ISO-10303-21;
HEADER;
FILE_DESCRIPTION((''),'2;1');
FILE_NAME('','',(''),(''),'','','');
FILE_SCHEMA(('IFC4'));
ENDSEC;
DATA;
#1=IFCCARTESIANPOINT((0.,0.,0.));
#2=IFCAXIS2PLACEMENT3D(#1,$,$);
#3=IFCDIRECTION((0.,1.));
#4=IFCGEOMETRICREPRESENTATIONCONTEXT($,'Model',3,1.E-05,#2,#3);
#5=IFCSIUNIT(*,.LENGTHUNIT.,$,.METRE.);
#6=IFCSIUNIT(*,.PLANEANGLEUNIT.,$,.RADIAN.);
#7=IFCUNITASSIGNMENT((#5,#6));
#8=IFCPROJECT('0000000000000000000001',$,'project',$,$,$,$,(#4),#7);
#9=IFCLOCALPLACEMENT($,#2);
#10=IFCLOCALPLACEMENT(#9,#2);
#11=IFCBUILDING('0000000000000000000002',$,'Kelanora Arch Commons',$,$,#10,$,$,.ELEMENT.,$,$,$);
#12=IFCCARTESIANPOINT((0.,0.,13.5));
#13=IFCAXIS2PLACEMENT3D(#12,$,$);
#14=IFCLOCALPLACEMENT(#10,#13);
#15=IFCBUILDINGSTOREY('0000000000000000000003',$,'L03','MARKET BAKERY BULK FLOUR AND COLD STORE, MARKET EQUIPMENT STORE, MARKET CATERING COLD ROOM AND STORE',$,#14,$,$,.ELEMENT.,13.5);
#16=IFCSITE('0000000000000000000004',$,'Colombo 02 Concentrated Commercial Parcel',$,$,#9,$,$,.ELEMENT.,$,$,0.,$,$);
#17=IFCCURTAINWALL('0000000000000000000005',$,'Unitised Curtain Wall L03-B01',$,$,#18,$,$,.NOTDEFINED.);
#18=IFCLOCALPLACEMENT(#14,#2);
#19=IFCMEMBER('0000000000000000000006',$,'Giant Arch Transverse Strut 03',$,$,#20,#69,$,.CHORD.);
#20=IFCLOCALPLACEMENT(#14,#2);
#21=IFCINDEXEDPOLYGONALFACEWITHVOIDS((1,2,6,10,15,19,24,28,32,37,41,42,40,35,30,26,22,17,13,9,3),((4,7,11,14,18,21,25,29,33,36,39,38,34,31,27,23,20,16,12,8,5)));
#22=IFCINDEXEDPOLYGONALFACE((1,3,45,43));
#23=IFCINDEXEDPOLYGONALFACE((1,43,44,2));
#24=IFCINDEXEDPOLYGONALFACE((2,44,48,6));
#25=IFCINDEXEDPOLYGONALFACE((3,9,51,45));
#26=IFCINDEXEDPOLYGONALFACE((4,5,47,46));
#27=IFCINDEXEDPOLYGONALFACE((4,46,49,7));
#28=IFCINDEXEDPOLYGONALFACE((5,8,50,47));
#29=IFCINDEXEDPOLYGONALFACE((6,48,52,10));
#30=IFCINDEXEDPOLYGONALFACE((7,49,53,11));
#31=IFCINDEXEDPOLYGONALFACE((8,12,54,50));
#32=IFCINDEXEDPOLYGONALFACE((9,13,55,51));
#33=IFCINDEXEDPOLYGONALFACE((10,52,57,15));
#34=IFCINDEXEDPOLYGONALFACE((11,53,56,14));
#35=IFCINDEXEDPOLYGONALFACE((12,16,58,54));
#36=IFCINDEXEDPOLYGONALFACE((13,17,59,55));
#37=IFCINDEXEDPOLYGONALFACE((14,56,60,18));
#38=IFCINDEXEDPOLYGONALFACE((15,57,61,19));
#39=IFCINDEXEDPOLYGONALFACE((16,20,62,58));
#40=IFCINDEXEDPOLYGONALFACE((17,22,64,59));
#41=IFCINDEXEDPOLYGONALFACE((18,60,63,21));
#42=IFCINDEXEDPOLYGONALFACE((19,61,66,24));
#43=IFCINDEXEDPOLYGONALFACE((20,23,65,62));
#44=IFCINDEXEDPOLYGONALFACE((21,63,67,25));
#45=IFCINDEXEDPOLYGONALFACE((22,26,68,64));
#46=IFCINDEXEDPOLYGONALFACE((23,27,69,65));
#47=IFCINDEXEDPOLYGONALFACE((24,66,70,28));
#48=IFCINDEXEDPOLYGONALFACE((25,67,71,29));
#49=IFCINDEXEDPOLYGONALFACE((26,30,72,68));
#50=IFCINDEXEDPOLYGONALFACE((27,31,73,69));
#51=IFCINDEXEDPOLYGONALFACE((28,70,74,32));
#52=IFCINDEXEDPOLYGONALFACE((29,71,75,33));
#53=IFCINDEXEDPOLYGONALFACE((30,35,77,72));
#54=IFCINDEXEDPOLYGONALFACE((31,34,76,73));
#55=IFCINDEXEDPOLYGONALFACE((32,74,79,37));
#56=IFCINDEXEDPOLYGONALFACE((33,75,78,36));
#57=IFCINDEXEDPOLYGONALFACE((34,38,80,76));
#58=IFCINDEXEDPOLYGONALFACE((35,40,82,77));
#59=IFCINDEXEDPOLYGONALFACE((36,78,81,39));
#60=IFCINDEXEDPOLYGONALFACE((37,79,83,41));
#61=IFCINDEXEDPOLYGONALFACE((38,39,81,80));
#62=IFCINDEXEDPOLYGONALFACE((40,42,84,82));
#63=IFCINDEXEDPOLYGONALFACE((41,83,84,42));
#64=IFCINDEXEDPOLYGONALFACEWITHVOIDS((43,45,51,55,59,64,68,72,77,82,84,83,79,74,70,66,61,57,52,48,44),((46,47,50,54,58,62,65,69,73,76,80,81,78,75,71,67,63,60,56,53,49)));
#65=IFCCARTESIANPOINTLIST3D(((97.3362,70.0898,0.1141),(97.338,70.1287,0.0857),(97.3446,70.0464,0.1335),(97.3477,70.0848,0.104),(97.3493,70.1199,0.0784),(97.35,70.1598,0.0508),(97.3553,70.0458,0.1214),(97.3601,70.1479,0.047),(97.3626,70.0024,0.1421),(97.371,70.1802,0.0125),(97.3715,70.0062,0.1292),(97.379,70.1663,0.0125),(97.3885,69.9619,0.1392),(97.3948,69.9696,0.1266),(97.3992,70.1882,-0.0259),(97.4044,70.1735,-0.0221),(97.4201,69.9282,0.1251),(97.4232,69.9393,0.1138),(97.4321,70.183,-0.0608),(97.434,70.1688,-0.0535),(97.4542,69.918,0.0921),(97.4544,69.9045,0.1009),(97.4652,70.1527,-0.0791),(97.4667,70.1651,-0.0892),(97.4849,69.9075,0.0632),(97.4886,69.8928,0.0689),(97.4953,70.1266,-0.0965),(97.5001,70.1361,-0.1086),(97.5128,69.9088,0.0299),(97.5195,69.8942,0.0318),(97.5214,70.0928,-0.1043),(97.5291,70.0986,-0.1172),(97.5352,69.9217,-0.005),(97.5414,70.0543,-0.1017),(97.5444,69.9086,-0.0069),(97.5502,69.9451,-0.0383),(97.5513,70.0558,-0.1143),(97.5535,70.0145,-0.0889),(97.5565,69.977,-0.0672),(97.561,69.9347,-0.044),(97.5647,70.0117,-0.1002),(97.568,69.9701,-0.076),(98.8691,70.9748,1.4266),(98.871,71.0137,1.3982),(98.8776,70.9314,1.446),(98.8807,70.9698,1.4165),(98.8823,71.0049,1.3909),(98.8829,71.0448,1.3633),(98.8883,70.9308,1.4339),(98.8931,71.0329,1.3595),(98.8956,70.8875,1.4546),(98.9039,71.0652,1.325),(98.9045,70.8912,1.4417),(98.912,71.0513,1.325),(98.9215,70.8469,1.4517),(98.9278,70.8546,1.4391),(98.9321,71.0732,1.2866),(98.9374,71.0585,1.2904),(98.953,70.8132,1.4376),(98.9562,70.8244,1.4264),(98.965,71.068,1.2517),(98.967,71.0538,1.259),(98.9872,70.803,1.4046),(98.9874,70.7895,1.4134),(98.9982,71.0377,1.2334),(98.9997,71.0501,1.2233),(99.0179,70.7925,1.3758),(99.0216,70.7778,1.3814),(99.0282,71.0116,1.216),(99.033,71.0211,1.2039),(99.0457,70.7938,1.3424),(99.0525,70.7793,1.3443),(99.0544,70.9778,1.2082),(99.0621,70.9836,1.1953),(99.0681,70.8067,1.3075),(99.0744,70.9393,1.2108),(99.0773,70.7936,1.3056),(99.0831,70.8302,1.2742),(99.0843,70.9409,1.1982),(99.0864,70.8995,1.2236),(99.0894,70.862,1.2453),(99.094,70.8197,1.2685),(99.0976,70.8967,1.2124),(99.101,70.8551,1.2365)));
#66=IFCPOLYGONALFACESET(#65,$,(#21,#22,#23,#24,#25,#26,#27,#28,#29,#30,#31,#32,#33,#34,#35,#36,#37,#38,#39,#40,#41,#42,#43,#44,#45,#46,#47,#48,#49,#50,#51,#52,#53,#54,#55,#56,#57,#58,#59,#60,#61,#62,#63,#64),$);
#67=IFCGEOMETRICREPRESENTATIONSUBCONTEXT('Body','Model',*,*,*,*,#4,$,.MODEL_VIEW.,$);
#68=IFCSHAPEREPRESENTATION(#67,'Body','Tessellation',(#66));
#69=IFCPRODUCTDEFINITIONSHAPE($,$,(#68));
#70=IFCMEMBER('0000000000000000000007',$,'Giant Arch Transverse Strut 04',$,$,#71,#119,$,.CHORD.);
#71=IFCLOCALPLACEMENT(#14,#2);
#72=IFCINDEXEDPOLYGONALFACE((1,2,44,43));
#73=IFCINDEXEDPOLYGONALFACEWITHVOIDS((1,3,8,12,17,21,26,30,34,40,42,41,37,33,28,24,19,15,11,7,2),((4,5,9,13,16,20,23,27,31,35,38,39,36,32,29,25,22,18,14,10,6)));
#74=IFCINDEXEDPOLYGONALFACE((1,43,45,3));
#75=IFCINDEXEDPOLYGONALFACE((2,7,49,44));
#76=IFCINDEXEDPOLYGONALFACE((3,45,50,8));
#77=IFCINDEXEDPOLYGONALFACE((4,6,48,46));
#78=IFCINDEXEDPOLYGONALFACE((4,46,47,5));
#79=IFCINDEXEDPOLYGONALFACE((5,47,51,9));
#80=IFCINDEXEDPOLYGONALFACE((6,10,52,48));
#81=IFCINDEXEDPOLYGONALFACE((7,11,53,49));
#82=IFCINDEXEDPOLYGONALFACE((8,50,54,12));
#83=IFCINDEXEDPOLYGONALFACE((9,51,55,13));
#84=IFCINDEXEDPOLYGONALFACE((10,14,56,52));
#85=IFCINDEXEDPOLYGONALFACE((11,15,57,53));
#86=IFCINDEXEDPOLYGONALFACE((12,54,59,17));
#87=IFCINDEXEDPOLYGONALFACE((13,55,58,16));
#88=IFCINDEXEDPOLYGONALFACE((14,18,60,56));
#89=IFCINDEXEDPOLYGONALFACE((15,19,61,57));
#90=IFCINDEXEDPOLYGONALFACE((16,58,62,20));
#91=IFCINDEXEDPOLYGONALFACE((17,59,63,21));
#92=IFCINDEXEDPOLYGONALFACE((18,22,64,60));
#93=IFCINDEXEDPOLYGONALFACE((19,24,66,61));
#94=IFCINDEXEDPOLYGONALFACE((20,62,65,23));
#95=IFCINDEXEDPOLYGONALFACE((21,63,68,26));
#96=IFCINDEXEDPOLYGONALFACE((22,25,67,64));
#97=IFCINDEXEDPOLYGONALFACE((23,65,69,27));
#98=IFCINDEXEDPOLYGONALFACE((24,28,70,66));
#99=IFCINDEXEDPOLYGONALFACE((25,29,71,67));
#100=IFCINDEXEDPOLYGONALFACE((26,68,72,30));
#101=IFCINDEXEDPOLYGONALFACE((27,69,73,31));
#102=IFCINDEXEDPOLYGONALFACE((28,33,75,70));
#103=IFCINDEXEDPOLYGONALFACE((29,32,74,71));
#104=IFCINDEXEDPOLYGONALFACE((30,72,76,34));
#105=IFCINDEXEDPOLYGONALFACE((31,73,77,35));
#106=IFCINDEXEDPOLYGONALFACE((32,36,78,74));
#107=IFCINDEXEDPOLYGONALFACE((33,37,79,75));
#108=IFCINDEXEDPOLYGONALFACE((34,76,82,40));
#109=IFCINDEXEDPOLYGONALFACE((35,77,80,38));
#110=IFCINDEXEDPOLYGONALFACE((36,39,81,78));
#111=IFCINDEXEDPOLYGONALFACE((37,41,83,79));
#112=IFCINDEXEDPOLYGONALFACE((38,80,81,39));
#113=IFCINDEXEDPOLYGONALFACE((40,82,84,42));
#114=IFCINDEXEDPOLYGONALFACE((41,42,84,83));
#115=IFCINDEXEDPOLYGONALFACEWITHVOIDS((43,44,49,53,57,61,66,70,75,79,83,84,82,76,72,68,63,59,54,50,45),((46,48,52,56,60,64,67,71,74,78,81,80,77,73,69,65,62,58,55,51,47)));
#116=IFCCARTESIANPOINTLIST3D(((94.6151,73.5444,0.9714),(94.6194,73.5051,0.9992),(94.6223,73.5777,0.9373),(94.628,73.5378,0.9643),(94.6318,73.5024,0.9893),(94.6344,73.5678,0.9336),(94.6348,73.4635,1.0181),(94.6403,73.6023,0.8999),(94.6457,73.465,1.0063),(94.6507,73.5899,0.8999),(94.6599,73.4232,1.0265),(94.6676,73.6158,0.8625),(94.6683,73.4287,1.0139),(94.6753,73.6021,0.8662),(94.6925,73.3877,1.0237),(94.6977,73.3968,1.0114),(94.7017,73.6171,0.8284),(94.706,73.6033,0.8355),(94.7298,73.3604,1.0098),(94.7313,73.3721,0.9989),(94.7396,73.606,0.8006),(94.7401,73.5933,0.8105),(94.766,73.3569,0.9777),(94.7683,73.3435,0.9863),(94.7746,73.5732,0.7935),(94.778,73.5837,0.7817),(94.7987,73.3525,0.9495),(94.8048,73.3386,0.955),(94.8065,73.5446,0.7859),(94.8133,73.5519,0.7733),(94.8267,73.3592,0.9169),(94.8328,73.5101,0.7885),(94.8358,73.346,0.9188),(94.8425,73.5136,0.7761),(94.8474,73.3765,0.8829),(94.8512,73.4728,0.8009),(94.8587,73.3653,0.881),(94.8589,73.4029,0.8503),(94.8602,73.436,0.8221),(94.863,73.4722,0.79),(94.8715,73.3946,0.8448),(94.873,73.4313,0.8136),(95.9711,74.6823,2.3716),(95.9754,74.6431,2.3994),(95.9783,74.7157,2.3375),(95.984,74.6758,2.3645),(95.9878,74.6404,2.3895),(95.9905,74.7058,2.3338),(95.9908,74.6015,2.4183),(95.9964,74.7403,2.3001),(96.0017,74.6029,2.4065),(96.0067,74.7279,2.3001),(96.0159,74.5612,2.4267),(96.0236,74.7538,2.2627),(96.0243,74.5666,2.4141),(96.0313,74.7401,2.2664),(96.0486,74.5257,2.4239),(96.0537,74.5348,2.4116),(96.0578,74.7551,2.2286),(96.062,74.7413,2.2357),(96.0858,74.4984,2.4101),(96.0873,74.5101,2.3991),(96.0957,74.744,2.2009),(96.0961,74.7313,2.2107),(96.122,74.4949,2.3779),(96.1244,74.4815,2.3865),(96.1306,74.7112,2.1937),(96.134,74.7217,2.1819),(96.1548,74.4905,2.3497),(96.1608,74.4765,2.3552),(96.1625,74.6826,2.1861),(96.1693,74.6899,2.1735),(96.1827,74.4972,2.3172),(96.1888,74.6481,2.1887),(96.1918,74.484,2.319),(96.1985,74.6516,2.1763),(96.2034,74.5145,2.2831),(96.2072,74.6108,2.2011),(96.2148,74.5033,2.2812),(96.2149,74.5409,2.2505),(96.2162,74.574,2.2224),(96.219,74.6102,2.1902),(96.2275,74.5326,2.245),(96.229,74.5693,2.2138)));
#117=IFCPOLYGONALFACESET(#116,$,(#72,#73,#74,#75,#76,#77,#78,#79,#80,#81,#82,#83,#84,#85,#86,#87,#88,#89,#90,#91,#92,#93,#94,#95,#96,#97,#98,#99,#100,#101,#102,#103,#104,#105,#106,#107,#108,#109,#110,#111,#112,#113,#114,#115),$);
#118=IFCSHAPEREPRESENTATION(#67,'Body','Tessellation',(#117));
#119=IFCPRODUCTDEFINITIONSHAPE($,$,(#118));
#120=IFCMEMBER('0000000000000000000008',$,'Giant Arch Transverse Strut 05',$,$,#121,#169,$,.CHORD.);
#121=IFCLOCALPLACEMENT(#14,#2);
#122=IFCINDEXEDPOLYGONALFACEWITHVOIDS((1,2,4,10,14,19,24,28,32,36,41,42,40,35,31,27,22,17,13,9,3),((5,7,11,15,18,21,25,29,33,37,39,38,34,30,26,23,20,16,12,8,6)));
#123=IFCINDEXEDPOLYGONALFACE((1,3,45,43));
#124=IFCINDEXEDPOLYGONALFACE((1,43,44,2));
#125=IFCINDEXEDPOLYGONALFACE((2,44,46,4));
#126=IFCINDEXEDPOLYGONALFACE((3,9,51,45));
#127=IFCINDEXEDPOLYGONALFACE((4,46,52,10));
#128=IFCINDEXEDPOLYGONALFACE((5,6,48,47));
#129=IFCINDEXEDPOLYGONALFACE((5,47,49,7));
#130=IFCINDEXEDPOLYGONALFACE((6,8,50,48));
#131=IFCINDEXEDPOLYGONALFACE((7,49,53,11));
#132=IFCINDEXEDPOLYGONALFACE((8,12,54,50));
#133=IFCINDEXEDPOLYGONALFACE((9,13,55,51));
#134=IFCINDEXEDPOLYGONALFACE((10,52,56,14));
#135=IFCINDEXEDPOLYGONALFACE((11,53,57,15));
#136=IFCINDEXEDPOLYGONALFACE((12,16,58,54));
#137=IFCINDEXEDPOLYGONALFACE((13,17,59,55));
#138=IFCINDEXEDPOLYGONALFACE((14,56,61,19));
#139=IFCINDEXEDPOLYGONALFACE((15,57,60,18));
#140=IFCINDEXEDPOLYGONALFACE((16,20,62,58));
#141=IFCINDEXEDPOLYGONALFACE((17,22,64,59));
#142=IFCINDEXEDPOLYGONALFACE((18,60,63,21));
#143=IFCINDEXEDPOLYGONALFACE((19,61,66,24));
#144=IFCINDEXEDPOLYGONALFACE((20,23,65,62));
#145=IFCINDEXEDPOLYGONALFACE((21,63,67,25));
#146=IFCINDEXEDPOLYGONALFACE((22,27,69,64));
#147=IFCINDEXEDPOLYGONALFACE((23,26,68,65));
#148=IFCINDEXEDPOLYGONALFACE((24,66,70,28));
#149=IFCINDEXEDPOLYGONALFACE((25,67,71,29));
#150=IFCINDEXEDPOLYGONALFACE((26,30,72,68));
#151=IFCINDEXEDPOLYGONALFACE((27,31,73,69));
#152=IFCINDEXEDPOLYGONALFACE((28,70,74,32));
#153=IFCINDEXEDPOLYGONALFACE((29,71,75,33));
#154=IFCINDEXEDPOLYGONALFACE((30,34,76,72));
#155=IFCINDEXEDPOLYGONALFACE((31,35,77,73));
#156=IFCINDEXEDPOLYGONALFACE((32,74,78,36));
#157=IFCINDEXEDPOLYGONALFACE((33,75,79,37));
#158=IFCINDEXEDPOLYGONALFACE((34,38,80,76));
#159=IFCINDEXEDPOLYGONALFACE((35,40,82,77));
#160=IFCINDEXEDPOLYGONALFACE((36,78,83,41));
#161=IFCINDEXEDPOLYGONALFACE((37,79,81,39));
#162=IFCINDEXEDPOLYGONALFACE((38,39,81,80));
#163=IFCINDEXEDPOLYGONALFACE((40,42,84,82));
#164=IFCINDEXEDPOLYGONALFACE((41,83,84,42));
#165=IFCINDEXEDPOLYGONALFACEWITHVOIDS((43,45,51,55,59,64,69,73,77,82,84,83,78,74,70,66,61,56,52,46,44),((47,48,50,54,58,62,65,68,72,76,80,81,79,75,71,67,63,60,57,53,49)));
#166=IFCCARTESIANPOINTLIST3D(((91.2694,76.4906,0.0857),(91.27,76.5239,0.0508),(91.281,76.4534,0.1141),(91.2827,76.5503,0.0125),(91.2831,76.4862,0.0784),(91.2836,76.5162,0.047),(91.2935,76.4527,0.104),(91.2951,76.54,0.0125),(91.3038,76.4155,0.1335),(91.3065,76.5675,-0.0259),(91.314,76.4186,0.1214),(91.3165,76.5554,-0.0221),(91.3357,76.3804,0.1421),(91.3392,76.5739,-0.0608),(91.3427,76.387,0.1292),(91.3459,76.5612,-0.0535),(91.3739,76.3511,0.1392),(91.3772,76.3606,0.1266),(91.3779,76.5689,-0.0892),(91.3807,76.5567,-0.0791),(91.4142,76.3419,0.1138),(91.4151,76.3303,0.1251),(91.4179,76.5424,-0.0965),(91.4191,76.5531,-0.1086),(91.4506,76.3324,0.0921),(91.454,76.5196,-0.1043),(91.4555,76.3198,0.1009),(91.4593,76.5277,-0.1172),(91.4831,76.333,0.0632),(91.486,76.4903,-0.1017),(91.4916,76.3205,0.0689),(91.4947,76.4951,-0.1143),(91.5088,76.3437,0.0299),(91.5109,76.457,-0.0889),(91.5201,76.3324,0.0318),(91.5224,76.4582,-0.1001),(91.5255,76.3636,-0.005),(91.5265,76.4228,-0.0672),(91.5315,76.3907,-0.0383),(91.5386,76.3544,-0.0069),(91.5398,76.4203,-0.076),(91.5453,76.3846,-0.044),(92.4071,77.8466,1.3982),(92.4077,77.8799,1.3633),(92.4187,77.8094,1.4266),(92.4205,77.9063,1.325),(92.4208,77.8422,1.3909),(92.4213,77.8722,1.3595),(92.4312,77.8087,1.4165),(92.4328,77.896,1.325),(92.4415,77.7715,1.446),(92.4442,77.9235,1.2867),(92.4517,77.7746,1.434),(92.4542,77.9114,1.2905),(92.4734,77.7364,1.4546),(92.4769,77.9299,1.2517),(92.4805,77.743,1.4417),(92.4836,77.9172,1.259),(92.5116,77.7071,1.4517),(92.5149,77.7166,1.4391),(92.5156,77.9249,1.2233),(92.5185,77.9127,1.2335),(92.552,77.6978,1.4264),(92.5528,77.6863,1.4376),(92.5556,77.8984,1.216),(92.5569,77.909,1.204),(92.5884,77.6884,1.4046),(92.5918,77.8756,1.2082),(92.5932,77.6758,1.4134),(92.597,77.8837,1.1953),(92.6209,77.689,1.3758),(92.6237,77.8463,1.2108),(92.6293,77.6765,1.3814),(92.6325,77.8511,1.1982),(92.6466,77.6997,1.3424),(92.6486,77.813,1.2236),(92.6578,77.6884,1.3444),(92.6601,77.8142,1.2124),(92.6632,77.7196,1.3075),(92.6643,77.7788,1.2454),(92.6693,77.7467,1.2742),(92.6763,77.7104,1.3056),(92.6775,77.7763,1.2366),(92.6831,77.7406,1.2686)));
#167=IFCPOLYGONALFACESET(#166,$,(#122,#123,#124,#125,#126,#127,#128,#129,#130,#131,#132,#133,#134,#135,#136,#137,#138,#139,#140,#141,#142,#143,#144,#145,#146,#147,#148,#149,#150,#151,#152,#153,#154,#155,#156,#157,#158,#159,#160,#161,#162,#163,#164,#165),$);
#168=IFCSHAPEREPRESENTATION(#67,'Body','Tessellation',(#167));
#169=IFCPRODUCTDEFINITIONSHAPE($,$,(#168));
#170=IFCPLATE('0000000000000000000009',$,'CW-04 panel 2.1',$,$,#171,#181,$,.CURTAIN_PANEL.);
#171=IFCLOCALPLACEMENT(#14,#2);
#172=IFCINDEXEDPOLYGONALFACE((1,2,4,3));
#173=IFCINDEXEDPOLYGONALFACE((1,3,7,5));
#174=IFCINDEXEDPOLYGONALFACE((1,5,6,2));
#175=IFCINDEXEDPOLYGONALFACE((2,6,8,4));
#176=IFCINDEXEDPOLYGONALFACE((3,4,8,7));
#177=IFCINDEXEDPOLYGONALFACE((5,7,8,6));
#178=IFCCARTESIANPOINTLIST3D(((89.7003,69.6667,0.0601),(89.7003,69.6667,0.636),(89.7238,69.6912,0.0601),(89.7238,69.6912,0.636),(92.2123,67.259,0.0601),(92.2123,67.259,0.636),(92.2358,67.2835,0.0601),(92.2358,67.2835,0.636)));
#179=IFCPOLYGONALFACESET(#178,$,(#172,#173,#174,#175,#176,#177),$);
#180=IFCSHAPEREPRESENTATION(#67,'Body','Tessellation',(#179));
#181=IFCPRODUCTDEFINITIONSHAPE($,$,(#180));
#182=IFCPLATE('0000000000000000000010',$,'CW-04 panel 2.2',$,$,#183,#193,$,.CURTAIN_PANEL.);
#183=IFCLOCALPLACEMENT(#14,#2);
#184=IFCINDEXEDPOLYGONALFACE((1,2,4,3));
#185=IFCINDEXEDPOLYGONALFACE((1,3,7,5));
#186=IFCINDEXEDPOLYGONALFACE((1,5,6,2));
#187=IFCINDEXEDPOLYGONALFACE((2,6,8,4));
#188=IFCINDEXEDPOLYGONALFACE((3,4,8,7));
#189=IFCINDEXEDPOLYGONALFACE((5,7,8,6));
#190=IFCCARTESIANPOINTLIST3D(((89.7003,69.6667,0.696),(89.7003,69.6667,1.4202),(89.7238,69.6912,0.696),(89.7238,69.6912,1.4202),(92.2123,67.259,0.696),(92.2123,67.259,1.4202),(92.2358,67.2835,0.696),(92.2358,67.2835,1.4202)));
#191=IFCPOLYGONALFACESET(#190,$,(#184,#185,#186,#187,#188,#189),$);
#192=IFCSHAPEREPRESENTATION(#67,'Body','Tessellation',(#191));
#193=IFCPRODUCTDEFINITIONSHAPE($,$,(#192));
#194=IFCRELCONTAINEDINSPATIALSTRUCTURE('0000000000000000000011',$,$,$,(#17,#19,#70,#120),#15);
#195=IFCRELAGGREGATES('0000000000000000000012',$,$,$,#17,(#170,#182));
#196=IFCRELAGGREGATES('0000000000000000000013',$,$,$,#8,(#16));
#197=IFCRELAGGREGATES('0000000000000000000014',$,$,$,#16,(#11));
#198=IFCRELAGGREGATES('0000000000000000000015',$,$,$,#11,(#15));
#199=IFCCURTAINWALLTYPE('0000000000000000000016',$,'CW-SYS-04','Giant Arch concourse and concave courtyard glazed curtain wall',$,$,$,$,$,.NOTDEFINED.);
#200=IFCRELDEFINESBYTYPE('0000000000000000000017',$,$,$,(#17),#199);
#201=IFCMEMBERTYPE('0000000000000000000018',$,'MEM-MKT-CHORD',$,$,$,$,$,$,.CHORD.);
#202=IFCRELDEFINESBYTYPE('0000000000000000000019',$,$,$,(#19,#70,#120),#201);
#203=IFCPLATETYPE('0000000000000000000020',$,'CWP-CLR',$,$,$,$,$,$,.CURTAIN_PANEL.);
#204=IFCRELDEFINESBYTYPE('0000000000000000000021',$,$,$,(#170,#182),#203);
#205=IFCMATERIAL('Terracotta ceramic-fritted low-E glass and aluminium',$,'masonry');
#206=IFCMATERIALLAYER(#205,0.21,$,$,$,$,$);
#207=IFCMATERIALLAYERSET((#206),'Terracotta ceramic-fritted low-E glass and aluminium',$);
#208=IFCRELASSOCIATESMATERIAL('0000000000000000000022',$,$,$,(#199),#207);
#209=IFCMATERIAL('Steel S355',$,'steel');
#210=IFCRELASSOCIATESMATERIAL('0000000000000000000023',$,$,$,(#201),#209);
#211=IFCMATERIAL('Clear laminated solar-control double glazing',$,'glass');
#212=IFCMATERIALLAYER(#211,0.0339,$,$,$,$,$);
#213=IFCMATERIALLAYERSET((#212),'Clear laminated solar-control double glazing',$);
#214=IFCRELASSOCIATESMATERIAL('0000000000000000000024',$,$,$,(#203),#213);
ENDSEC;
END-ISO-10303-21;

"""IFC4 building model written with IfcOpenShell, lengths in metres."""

from ifc_helpers import new_model, si_unit, direction, frame, origin, origin_2d, place, context, subcontext, project, spatial, rectangle, hollow_circle, extrude, source, transform, mapped, material, layer, layer_set, material_profile, profile_set, type_object, element, aggregate, save


model = new_model("IFC4")

# Units and contexts
model_context = context("Model", 3, precision=1e-05, world=origin(), true_north=direction((0.0, 1.0)))
body_context = subcontext(model_context, "Body", "Model", "MODEL_VIEW")
ifc_project = project(units=[si_unit("LENGTHUNIT", "METRE"), si_unit("PLANEANGLEUNIT", "RADIAN")], contexts=[model_context])

# Site, building, storey
site_placement = place(None, origin())
site = spatial("IfcSite", under=ifc_project, at=site_placement, Name="Colombo 02 Concentrated Commercial Parcel", CompositionType="ELEMENT", RefElevation=0.0)
building_placement = place(site_placement, origin())
building = spatial("IfcBuilding", under=site, at=building_placement, Name="Kelanora Arch Commons", CompositionType="ELEMENT")
storey_placement = place(building_placement, frame((0.0, 0.0, 13.5)))
storey = spatial("IfcBuildingStorey", under=building, at=storey_placement, Name="L03", Description="MARKET BAKERY BULK FLOUR AND COLD STORE, MARKET EQUIPMENT STORE, MARKET CATERING COLD ROOM AND STORE", CompositionType="ELEMENT", Elevation=13.5)

# Shared definitions
ifc_material_1 = material(Name="Steel S355", Category="steel")

# Curtain wall
ifc_material_2 = material(Name="Terracotta ceramic-fritted low-E glass and aluminium", Category="masonry")
ifc_layer_1 = layer(ifc_material_2, 0.21)
ifc_layer_set_1 = layer_set([ifc_layer_1], Name="Terracotta ceramic-fritted low-E glass and aluminium")
curtain_wall_type = type_object("IfcCurtainWallType", Name="CW-SYS-04", Description="Giant Arch concourse and concave courtyard glazed curtain wall", PredefinedType="NOTDEFINED", material=ifc_layer_set_1)
curtain_wall_1_placement = place(storey_placement, origin())
curtain_wall_1 = element("IfcCurtainWall", 1, at=curtain_wall_1_placement, inside=storey, type_object=curtain_wall_type, Name="Unitised Curtain Wall L03-B01", PredefinedType="NOTDEFINED")

# Members
ifc_material_profile_1 = material_profile(ifc_material_1, hollow_circle(Radius=0.1619, WallThickness=0.0161, at=origin_2d()), Name="CHS323.9x16")
ifc_profile_set_1 = profile_set([ifc_material_profile_1], Name="Steel S355")
member_type_1 = type_object("IfcMemberType", Name="MEM-MKT-CHORD", PredefinedType="CHORD", material=ifc_profile_set_1)
member_1_placement = place(storey_placement, frame((97.4519, 70.04, 0.0125), z_axis=(0.695661, 0.40162, 0.595616), x_axis=(-0.499981, 0.866036, 0.0)))
element("IfcMember", 2, at=member_1_placement, inside=storey, type_object=member_type_1, Name="Giant Arch Transverse Strut 03", PredefinedType="CHORD", context=body_context, shape_type="SweptSolid", body=[
    extrude(hollow_circle(Radius=0.1619, WallThickness=0.0161, at=origin_2d()), origin(), (0.0, 0.0, 1.0), 2.2036),
])
member_2_placement = place(storey_placement, frame((94.7444, 73.4783, 0.8999), z_axis=(0.600785, 0.504188, 0.620364), x_axis=(-0.642839, 0.766001, 0.0)))
element("IfcMember", 3, at=member_2_placement, inside=storey, type_object=member_type_1, Name="Giant Arch Transverse Strut 04", PredefinedType="CHORD", context=body_context, shape_type="SweptSolid", body=[
    extrude(hollow_circle(Radius=0.1619, WallThickness=0.0161, at=origin_2d()), origin(), (0.0, 0.0, 1.0), 2.2571),
])
member_3_placement = place(storey_placement, frame((91.4067, 76.4463, 0.0125), z_axis=(0.516301, 0.615352, 0.59563), x_axis=(-0.766069, 0.642759, 0.0)))
element("IfcMember", 4, at=member_3_placement, inside=storey, type_object=member_type_1, Name="Giant Arch Transverse Strut 05", PredefinedType="CHORD", context=body_context, shape_type="SweptSolid", body=[
    extrude(hollow_circle(Radius=0.1619, WallThickness=0.0161, at=origin_2d()), origin(), (0.0, 0.0, 1.0), 2.2036),
])

# Plates
ifc_material_3 = material(Name="Clear laminated solar-control double glazing", Category="glass")
ifc_layer_2 = layer(ifc_material_3, 0.0339)
ifc_layer_set_2 = layer_set([ifc_layer_2], Name="Clear laminated solar-control double glazing")
plate_type = type_object("IfcPlateType", Name="CWP-CLR", PredefinedType="CURTAIN_PANEL", material=ifc_layer_set_2)
shared_shape_1 = source(origin(), body_context, "Body", "SweptSolid", [
    extrude(rectangle(XDim=3.4795, YDim=0.0339, at=origin_2d()), origin(), (0.0, 0.0, 1.0), 0.5759),
])
plate_1_placement = place(storey_placement, frame((90.968, 68.4751, 0.0601), z_axis=(0.0, 0.0, 1.0), x_axis=(-0.721943, 0.691953, 0.0)))
plate_1 = element("IfcPlate", 5, at=plate_1_placement, type_object=plate_type, Name="CW-04 panel 2.1", PredefinedType="CURTAIN_PANEL", context=body_context, shape_type="MappedRepresentation", body=[
    mapped(shared_shape_1, transform((0.0, 0.0, 0.0), scale=1.0)),
])
shared_shape_2 = source(origin(), body_context, "Body", "SweptSolid", [
    extrude(rectangle(XDim=3.4795, YDim=0.0339, at=origin_2d()), origin(), (0.0, 0.0, 1.0), 0.7241),
])
plate_2_placement = place(storey_placement, frame((90.968, 68.4751, 0.696), z_axis=(0.0, 0.0, 1.0), x_axis=(-0.721943, 0.691953, 0.0)))
plate_2 = element("IfcPlate", 6, at=plate_2_placement, type_object=plate_type, Name="CW-04 panel 2.2", PredefinedType="CURTAIN_PANEL", context=body_context, shape_type="MappedRepresentation", body=[
    mapped(shared_shape_2, transform((0.0, 0.0, 0.0), scale=1.0)),
])
aggregate(curtain_wall_1, [plate_1, plate_2])

save(model, "model.ifc")
